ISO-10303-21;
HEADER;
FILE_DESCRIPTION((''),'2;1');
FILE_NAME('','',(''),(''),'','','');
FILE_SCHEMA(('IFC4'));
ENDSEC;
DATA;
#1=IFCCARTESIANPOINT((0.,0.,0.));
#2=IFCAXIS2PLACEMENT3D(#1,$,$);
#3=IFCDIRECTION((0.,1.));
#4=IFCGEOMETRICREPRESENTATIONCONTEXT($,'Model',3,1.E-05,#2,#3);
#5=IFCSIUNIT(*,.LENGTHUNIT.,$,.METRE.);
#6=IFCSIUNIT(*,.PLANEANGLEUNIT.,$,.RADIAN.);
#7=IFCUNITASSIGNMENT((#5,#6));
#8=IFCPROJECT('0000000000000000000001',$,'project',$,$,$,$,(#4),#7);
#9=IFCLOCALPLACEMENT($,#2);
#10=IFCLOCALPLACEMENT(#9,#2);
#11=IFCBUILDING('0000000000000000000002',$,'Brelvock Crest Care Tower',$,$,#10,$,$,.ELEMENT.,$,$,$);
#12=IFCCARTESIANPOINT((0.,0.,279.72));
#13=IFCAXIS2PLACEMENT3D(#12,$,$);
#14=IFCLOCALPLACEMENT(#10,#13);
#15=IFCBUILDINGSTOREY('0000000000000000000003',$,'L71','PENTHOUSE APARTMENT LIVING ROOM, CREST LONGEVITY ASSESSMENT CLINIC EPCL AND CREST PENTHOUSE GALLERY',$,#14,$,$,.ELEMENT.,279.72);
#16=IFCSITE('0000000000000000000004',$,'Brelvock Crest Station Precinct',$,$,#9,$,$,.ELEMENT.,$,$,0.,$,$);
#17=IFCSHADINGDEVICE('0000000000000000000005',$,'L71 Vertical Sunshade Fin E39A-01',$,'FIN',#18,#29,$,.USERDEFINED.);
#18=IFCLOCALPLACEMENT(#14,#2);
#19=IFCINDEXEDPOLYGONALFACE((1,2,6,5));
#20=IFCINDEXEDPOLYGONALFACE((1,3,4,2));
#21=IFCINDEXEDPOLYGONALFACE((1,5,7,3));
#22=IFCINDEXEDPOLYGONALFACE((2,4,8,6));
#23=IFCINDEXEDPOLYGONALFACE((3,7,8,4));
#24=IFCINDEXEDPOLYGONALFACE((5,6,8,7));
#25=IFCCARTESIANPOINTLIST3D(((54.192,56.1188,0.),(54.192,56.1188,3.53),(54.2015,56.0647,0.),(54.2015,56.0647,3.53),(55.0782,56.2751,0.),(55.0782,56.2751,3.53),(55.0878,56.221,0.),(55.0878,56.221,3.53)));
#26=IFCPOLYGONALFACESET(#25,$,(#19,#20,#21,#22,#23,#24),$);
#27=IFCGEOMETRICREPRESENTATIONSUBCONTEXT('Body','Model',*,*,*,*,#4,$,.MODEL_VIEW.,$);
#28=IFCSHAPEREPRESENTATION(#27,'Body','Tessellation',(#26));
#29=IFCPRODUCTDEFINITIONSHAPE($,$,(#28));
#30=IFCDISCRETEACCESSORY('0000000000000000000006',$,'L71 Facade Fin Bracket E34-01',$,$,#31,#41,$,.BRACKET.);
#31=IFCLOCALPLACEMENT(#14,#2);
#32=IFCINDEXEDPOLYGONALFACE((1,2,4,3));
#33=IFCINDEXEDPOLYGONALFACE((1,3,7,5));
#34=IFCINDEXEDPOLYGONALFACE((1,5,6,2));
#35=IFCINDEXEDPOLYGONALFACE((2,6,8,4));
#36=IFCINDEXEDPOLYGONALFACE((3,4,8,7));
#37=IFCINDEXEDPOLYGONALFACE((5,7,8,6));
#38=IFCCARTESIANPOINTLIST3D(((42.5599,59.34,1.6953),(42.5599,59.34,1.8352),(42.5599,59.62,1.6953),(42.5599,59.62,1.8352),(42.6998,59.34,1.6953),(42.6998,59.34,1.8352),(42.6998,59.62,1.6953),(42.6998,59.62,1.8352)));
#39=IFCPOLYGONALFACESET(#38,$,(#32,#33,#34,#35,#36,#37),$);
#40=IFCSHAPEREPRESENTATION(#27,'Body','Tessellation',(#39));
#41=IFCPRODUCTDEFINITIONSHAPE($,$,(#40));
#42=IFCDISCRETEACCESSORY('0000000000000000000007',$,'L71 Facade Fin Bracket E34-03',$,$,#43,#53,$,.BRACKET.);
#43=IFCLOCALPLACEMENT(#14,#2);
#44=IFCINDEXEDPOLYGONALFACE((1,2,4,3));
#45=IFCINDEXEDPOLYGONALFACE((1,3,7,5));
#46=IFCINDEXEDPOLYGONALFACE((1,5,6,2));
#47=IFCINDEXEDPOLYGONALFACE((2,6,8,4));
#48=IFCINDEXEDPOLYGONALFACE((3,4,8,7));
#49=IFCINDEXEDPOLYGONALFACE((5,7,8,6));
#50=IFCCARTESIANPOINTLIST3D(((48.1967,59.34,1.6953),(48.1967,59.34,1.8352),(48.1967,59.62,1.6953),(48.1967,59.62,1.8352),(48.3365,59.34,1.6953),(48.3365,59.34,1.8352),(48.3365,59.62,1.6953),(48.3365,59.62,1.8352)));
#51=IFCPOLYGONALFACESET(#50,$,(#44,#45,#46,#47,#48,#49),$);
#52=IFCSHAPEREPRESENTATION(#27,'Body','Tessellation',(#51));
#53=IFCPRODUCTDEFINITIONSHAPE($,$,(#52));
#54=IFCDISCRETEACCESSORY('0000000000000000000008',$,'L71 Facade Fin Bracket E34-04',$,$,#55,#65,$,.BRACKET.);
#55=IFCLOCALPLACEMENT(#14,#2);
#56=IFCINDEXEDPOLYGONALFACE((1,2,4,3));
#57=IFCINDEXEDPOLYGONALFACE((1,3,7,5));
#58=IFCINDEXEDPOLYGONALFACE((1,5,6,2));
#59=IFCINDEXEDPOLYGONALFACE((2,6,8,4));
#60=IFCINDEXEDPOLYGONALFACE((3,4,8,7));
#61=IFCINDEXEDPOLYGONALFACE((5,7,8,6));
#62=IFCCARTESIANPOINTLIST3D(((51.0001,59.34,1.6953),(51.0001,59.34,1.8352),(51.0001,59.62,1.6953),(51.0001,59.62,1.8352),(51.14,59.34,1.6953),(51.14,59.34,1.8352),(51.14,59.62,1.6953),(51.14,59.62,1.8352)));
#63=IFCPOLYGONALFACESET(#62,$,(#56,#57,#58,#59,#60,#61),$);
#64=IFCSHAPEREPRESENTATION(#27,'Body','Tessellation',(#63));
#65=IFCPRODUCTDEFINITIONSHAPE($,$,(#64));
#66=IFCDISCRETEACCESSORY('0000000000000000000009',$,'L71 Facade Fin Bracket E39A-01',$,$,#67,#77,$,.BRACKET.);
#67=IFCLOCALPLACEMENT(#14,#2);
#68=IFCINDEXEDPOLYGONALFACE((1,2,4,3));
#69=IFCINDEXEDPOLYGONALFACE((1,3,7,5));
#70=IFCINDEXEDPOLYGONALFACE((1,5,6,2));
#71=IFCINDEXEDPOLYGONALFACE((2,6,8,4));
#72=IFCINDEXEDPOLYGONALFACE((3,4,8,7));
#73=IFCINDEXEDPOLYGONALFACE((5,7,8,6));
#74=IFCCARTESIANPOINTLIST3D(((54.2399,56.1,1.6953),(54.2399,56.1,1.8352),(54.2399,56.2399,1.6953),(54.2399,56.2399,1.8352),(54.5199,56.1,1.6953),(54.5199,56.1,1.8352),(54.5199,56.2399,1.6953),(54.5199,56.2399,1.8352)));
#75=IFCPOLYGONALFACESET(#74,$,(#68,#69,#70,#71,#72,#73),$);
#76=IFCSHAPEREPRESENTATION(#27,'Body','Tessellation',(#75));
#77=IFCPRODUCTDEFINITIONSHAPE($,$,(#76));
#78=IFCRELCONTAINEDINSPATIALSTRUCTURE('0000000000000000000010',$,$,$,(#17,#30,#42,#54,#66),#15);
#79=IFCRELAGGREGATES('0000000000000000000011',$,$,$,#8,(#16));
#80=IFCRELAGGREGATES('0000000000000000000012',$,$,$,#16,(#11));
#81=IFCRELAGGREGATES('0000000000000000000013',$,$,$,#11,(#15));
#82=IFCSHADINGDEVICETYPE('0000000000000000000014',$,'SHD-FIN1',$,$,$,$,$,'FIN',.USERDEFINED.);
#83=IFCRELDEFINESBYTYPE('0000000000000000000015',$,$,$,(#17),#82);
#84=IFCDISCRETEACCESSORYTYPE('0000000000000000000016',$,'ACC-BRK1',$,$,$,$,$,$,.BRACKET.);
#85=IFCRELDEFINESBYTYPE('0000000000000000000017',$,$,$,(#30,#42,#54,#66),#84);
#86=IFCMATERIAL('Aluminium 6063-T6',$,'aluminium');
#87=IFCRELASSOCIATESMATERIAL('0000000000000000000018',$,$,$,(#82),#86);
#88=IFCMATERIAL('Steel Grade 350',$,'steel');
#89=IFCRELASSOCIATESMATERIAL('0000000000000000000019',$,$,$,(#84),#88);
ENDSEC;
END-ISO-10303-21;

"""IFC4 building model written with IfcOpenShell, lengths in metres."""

from ifc_helpers import new_model, si_unit, direction, frame, origin, origin_2d, place, context, subcontext, project, spatial, rectangle, extrude, source, transform, mapped, material, material_profile, profile_set, type_object, element, save


model = new_model("IFC4")

# Units and contexts
model_context = context("Model", 3, precision=1e-05, world=origin(), true_north=direction((0.0, 1.0)))
body_context = subcontext(model_context, "Body", "Model", "MODEL_VIEW")
ifc_project = project(units=[si_unit("LENGTHUNIT", "METRE"), si_unit("PLANEANGLEUNIT", "RADIAN")], contexts=[model_context])

# Site, building, storey
site_placement = place(None, origin())
site = spatial("IfcSite", under=ifc_project, at=site_placement, Name="Brelvock Crest Station Precinct", CompositionType="ELEMENT", RefElevation=0.0)
building_placement = place(site_placement, origin())
building = spatial("IfcBuilding", under=site, at=building_placement, Name="Brelvock Crest Care Tower", CompositionType="ELEMENT")
storey_placement = place(building_placement, frame((0.0, 0.0, 279.72)))
storey = spatial("IfcBuildingStorey", under=building, at=storey_placement, Name="L71", Description="PENTHOUSE APARTMENT LIVING ROOM, CREST LONGEVITY ASSESSMENT CLINIC EPCL AND CREST PENTHOUSE GALLERY", CompositionType="ELEMENT", Elevation=279.72)

# Shared definitions
ifc_material_1 = material(Name="Aluminium 6063-T6", Category="aluminium")

# Shading device
ifc_material_profile_1 = material_profile(ifc_material_1, rectangle(XDim=0.0549, YDim=0.8999, at=origin_2d()), Name="FIN55x900")
ifc_profile_set_1 = profile_set([ifc_material_profile_1], Name="Aluminium 6063-T6")
shading_device_type = type_object("IfcShadingDeviceType", Name="SHD-FIN1", ElementType="FIN", PredefinedType="USERDEFINED", material=ifc_profile_set_1)
shared_shape_1 = source(origin(), body_context, "Body", "SweptSolid", [
    extrude(rectangle(XDim=0.0549, YDim=0.8999, at=origin_2d()), origin(), (0.0, 0.0, 1.0), 3.53),
])
for number, where, z_axis, x_axis, name in (
    (1, (54.6399, 56.1699, 0.0), (0.0, 0.0, 1.0), (0.173648, -0.984808, 0.0), "L71 Vertical Sunshade Fin E39A-01"),
):
    element("IfcShadingDevice", number, at=place(storey_placement, frame(where, z_axis=z_axis, x_axis=x_axis)), inside=storey, type_object=shading_device_type, Name=name, ObjectType="FIN", PredefinedType="USERDEFINED", context=body_context, shape_type="MappedRepresentation", body=[
        mapped(shared_shape_1, transform((0.0, 0.0, 0.0), x_axis=(1.0, 0.0, 0.0), y_axis=(0.0, 1.0, 0.0), z_axis=(0.0, 0.0, 1.0), scale=1.0)),
    ])

# Discrete accessories
ifc_material_2 = material(Name="Steel Grade 350", Category="steel")
discrete_accessory_type = type_object("IfcDiscreteAccessoryType", Name="ACC-BRK1", PredefinedType="BRACKET", material=ifc_material_2)
shared_shape_2 = source(origin(), body_context, "Body", "SweptSolid", [
    extrude(rectangle(XDim=0.28, YDim=0.1399, at=origin_2d()), origin(), (0.0, 0.0, 1.0), 0.1399),
])
for number, where, z_axis, x_axis, name in (
    (2, (42.6299, 59.48, 1.6953), (0.0, 0.0, 1.0), (0.0, 1.0, 0.0), "L71 Facade Fin Bracket E34-01"),
    (3, (48.2666, 59.48, 1.6953), (0.0, 0.0, 1.0), (0.0, 1.0, 0.0), "L71 Facade Fin Bracket E34-03"),
    (4, (51.0701, 59.48, 1.6953), (0.0, 0.0, 1.0), (0.0, 1.0, 0.0), "L71 Facade Fin Bracket E34-04"),
    (5, (54.3799, 56.1699, 1.6953), (0.0, 0.0, 1.0), (1.0, 0.0, 0.0), "L71 Facade Fin Bracket E39A-01"),
):
    element("IfcDiscreteAccessory", number, at=place(storey_placement, frame(where, z_axis=z_axis, x_axis=x_axis)), inside=storey, type_object=discrete_accessory_type, Name=name, PredefinedType="BRACKET", context=body_context, shape_type="MappedRepresentation", body=[
        mapped(shared_shape_2, transform((0.0, 0.0, 0.0), x_axis=(1.0, 0.0, 0.0), y_axis=(0.0, 1.0, 0.0), z_axis=(0.0, 0.0, 1.0), scale=1.0)),
    ])

save(model, "model.ifc")
